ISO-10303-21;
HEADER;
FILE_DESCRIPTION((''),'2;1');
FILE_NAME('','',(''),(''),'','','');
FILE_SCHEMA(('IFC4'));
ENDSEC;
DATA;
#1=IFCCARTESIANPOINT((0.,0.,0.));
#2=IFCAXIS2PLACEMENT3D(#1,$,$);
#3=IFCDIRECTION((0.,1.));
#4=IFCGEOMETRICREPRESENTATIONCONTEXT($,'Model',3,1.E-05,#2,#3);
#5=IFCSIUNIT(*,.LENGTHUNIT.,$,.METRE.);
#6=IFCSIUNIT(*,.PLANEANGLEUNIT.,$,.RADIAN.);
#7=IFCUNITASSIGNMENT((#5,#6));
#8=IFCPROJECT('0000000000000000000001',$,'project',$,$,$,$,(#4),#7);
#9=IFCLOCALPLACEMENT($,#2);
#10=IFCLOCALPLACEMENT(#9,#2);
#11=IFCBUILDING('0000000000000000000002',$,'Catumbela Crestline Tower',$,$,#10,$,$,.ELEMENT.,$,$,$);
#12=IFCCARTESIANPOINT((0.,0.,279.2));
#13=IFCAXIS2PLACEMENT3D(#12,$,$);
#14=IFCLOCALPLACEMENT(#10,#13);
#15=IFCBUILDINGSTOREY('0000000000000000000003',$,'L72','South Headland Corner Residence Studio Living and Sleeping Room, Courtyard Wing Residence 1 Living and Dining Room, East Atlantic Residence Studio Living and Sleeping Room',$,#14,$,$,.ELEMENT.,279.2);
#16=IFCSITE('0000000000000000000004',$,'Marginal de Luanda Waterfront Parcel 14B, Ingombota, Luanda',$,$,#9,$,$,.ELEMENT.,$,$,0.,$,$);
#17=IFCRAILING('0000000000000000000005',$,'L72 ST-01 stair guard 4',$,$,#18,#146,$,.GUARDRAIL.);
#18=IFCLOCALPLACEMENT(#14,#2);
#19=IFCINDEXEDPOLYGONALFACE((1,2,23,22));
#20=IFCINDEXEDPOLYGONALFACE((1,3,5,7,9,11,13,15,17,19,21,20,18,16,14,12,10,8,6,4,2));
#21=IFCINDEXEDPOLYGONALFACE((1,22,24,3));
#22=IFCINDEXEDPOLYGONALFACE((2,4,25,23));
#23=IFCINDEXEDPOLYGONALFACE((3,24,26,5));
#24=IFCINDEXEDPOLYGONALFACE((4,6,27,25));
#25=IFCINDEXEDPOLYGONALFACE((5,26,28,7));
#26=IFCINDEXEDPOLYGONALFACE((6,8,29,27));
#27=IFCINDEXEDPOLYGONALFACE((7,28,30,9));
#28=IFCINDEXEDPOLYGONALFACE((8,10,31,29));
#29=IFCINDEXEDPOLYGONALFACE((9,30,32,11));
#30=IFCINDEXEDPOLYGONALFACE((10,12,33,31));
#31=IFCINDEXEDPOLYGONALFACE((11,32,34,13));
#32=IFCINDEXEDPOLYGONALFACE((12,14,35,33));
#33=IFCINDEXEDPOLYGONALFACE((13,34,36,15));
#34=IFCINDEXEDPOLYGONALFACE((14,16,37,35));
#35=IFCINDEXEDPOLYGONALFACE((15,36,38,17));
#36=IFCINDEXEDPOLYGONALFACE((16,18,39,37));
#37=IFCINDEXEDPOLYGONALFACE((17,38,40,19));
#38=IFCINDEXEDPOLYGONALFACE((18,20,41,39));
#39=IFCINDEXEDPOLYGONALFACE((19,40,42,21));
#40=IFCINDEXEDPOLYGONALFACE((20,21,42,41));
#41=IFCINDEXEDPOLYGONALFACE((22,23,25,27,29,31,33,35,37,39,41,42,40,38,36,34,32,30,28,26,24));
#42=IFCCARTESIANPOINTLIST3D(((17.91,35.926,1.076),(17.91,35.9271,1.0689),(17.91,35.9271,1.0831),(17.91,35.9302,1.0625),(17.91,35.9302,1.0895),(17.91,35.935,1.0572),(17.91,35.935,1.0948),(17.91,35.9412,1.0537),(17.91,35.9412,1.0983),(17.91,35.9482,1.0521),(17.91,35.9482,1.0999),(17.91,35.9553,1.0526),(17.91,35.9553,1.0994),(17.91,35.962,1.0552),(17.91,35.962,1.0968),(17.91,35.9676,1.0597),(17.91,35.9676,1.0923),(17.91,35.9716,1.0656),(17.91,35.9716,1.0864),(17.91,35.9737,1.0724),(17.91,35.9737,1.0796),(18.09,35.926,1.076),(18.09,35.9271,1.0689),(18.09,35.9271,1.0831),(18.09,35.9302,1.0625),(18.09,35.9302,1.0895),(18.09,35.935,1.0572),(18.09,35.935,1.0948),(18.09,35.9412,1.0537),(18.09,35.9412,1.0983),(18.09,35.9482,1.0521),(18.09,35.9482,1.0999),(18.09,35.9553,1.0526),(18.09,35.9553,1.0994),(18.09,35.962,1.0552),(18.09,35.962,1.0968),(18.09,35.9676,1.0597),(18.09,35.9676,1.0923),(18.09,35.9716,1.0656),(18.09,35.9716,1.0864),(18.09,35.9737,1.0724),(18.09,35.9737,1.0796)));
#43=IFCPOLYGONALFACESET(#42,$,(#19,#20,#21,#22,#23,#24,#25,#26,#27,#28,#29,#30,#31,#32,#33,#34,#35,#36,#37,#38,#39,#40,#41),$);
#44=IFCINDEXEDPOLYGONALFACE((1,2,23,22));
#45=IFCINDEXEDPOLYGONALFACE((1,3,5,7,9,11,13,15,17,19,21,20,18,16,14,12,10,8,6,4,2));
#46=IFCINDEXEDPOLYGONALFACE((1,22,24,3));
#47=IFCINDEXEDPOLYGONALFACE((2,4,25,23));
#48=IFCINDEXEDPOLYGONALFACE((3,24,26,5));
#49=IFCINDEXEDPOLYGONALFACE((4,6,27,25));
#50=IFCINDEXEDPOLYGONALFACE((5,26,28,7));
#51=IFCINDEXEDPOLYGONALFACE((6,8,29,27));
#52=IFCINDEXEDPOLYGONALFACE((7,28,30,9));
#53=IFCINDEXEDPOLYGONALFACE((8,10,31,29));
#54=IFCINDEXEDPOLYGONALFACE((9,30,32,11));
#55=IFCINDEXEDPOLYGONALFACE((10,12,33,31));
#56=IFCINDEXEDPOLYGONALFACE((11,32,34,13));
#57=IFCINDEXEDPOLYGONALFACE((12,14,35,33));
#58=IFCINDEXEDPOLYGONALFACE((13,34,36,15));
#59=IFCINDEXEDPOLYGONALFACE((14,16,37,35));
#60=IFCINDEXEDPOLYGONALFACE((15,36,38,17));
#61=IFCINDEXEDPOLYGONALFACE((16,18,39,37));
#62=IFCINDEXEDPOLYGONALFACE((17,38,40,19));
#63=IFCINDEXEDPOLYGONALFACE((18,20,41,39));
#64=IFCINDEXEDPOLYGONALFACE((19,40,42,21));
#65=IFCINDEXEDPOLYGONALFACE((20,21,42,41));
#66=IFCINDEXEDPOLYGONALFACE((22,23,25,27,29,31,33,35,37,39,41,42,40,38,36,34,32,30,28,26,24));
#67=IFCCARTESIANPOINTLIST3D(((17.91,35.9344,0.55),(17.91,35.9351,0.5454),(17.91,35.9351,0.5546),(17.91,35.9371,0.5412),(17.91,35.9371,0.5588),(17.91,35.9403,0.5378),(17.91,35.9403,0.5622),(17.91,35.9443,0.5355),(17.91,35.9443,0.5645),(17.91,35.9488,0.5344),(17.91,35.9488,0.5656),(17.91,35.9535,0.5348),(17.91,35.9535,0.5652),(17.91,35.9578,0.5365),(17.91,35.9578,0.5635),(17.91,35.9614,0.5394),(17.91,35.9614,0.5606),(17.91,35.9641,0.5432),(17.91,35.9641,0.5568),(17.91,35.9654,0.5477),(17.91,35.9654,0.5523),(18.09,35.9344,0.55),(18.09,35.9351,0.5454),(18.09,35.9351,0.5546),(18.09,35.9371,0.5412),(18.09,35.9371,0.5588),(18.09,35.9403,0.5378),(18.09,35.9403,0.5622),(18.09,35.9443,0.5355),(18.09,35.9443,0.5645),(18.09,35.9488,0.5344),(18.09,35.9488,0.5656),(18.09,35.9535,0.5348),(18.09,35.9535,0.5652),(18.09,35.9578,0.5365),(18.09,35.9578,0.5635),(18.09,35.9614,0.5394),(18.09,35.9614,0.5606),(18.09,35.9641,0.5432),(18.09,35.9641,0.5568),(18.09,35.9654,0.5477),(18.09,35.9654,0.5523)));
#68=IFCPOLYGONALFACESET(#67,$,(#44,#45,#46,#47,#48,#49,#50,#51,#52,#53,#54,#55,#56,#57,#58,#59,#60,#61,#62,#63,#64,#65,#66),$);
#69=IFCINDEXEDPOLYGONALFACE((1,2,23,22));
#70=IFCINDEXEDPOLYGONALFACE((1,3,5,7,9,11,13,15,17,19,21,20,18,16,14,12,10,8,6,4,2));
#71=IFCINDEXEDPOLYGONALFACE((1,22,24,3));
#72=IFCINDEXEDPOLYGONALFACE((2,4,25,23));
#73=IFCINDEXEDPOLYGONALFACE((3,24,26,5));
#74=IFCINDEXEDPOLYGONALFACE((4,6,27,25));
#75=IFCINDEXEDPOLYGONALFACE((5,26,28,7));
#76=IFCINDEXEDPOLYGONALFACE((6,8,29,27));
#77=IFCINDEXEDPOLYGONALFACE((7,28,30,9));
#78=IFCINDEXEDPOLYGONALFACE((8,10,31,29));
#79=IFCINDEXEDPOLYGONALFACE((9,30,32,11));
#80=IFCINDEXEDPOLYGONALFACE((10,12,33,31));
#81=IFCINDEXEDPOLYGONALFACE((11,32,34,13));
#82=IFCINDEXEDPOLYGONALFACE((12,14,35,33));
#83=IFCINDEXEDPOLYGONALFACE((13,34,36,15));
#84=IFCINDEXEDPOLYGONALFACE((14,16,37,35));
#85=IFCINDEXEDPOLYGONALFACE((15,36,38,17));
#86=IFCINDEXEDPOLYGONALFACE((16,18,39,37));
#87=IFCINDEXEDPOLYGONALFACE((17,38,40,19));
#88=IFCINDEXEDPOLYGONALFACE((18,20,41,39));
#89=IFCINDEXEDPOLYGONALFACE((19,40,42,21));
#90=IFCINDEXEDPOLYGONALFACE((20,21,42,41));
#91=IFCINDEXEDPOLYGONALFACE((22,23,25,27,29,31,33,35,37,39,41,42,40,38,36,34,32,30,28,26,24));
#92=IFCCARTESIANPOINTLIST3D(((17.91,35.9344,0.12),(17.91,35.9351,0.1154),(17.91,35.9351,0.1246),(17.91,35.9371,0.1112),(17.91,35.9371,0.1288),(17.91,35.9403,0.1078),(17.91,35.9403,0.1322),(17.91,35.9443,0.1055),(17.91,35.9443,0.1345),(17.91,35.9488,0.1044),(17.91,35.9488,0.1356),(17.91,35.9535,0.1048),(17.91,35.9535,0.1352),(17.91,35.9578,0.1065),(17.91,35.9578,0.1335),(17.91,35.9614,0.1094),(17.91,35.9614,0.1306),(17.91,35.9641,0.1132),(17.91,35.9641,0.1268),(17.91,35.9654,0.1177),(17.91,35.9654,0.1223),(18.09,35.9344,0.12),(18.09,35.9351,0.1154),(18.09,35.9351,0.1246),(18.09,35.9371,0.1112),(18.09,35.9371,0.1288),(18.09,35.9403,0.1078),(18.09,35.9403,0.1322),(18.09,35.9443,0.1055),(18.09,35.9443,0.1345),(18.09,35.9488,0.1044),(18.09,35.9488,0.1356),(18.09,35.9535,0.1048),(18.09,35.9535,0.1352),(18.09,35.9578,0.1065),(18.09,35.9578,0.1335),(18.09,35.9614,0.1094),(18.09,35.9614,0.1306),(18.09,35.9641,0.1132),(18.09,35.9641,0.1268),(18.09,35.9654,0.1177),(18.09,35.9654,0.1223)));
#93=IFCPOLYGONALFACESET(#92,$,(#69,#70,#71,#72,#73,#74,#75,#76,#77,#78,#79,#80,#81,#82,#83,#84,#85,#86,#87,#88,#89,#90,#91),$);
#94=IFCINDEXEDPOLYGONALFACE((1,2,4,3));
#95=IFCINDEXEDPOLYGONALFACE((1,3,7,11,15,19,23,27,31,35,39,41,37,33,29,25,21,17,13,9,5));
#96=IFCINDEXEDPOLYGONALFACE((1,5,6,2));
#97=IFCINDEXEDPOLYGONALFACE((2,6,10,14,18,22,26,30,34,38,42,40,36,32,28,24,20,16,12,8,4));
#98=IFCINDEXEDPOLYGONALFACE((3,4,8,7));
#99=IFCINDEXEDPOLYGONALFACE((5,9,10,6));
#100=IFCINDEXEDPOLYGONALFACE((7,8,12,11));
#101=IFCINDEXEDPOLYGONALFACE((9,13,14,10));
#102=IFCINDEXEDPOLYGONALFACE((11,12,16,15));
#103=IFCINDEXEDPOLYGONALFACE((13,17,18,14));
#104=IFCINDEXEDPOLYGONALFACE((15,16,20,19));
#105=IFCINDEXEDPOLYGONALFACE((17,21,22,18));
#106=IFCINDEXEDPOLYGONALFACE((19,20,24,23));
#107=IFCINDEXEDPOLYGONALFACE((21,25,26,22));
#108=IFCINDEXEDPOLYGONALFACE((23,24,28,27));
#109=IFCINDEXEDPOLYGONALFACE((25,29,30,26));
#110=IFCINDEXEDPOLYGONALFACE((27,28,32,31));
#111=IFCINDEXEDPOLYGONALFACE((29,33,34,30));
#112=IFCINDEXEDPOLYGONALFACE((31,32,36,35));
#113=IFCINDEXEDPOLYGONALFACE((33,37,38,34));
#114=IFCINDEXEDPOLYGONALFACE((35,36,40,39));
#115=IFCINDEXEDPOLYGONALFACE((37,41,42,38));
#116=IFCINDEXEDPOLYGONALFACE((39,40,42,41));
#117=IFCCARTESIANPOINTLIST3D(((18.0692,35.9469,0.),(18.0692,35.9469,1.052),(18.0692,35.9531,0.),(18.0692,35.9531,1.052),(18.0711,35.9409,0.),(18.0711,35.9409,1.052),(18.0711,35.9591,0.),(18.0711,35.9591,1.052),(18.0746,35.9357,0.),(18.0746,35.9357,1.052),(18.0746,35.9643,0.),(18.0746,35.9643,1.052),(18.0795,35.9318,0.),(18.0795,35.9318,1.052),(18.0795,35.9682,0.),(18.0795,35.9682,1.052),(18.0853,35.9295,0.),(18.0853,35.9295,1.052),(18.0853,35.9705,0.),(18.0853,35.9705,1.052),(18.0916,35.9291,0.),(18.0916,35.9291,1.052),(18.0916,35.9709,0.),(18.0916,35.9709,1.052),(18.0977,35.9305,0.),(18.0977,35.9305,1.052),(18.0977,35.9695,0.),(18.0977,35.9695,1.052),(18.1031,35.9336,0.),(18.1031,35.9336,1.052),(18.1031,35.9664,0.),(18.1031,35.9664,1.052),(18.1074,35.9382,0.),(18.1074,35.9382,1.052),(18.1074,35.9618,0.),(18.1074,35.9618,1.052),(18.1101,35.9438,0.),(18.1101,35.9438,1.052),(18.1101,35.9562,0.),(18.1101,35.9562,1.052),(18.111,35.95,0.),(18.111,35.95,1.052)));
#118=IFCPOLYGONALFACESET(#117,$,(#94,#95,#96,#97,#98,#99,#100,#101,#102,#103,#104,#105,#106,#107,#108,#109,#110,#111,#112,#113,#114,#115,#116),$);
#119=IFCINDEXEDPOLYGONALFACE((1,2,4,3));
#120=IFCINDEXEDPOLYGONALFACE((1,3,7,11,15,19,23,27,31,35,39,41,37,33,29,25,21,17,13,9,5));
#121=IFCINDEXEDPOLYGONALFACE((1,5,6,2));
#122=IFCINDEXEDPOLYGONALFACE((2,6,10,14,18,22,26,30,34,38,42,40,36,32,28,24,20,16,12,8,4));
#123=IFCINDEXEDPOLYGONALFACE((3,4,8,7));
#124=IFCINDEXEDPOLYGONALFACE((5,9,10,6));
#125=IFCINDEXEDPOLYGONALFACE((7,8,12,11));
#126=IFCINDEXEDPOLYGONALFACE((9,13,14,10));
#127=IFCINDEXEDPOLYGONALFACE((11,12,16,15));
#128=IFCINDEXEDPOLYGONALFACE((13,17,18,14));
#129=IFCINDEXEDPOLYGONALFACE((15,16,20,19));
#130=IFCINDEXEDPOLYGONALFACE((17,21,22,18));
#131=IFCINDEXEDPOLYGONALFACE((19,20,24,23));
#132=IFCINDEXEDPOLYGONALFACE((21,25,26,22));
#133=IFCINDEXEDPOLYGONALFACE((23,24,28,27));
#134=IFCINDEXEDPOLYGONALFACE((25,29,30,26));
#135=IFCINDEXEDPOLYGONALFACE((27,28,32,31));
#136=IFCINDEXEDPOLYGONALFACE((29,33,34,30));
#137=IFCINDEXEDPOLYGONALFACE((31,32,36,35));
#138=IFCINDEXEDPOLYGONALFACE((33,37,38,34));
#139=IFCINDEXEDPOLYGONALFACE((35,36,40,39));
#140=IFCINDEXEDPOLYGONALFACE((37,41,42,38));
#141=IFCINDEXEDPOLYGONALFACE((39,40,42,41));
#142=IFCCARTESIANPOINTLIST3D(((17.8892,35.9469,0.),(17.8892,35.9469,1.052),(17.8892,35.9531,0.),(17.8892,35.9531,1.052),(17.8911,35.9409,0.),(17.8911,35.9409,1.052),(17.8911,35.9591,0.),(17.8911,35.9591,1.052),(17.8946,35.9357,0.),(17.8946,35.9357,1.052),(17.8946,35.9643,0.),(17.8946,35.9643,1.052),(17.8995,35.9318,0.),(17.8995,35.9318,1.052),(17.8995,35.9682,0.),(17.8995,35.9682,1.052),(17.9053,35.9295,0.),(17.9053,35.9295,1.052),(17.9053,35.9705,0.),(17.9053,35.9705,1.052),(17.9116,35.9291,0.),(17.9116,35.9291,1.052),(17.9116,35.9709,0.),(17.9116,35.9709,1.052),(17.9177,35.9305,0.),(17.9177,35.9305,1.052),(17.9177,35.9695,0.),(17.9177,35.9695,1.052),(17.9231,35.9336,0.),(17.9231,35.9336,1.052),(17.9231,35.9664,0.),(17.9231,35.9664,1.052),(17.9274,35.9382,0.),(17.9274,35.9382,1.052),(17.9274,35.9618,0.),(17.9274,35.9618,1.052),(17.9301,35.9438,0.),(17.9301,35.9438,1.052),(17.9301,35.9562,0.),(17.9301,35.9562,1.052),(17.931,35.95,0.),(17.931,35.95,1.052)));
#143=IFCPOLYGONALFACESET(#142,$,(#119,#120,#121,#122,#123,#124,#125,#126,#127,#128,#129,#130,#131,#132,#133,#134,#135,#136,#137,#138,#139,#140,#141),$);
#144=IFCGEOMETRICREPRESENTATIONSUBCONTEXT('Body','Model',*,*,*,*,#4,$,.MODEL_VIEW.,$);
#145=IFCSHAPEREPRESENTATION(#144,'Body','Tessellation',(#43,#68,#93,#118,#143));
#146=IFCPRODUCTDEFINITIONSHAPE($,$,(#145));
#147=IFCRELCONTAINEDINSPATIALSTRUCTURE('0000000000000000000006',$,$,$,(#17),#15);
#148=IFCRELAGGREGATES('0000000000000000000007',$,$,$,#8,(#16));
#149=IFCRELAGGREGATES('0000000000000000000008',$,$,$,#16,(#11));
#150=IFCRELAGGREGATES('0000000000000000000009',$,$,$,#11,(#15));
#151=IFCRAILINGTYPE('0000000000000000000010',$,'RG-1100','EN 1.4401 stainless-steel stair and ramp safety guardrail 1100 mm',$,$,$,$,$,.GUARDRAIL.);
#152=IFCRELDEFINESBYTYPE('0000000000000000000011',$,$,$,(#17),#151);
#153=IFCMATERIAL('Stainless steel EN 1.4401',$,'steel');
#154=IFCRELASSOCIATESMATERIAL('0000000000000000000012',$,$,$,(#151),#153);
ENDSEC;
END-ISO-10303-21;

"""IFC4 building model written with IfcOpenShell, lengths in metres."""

from ifc_helpers import new_model, si_unit, direction, frame, origin, origin_2d, place, context, subcontext, project, spatial, circle, extrude, material, type_object, element, save


model = new_model("IFC4")

# Units and contexts
model_context = context("Model", 3, precision=1e-05, world=origin(), true_north=direction((0.0, 1.0)))
body_context = subcontext(model_context, "Body", "Model", "MODEL_VIEW")
ifc_project = project(units=[si_unit("LENGTHUNIT", "METRE"), si_unit("PLANEANGLEUNIT", "RADIAN")], contexts=[model_context])

# Site, building, storey
site_placement = place(None, origin())
site = spatial("IfcSite", under=ifc_project, at=site_placement, Name="Marginal de Luanda Waterfront Parcel 14B, Ingombota, Luanda", CompositionType="ELEMENT", RefElevation=0.0)
building_placement = place(site_placement, origin())
building = spatial("IfcBuilding", under=site, at=building_placement, Name="Catumbela Crestline Tower", CompositionType="ELEMENT")
storey_placement = place(building_placement, frame((0.0, 0.0, 279.2)))
storey = spatial("IfcBuildingStorey", under=building, at=storey_placement, Name="L72", Description="South Headland Corner Residence Studio Living and Sleeping Room, Courtyard Wing Residence 1 Living and Dining Room, East Atlantic Residence Studio Living and Sleeping Room", CompositionType="ELEMENT", Elevation=279.2)

# Shared definitions
ifc_material_1 = material(Name="Stainless steel EN 1.4401", Category="steel")

# Railing
railing_type_1 = type_object("IfcRailingType", Name="RG-1100", Description="EN 1.4401 stainless-steel stair and ramp safety guardrail 1100 mm", PredefinedType="GUARDRAIL", material=ifc_material_1)
railing_1_placement = place(storey_placement, frame((18.09, 35.95, 0.0)))
element("IfcRailing", 1, at=railing_1_placement, inside=storey, type_object=railing_type_1, Name="L72 ST-01 stair guard 4", PredefinedType="GUARDRAIL", context=body_context, shape_type="SweptSolid", body=[
    extrude(circle(Radius=0.024, at=origin_2d()), frame((0.0, 0.0, 1.076), z_axis=(-1.0, 0.0, 0.0), x_axis=(0.0, -1.0, 0.0)), (0.0, 0.0, 1.0), 0.18),
    extrude(circle(Radius=0.0156, at=origin_2d()), frame((0.0, 0.0, 0.55), z_axis=(-1.0, 0.0, 0.0), x_axis=(0.0, -1.0, 0.0)), (0.0, 0.0, 1.0), 0.18),
    extrude(circle(Radius=0.0156, at=origin_2d()), frame((0.0, 0.0, 0.12), z_axis=(-1.0, 0.0, 0.0), x_axis=(0.0, -1.0, 0.0)), (0.0, 0.0, 1.0), 0.18),
    extrude(circle(Radius=0.021, at=origin_2d()), origin(), (0.0, 0.0, 1.0), 1.052),
    extrude(circle(Radius=0.021, at=origin_2d()), frame((-0.18, 0.0, 0.0)), (0.0, 0.0, 1.0), 1.052),
])

save(model, "model.ifc")
